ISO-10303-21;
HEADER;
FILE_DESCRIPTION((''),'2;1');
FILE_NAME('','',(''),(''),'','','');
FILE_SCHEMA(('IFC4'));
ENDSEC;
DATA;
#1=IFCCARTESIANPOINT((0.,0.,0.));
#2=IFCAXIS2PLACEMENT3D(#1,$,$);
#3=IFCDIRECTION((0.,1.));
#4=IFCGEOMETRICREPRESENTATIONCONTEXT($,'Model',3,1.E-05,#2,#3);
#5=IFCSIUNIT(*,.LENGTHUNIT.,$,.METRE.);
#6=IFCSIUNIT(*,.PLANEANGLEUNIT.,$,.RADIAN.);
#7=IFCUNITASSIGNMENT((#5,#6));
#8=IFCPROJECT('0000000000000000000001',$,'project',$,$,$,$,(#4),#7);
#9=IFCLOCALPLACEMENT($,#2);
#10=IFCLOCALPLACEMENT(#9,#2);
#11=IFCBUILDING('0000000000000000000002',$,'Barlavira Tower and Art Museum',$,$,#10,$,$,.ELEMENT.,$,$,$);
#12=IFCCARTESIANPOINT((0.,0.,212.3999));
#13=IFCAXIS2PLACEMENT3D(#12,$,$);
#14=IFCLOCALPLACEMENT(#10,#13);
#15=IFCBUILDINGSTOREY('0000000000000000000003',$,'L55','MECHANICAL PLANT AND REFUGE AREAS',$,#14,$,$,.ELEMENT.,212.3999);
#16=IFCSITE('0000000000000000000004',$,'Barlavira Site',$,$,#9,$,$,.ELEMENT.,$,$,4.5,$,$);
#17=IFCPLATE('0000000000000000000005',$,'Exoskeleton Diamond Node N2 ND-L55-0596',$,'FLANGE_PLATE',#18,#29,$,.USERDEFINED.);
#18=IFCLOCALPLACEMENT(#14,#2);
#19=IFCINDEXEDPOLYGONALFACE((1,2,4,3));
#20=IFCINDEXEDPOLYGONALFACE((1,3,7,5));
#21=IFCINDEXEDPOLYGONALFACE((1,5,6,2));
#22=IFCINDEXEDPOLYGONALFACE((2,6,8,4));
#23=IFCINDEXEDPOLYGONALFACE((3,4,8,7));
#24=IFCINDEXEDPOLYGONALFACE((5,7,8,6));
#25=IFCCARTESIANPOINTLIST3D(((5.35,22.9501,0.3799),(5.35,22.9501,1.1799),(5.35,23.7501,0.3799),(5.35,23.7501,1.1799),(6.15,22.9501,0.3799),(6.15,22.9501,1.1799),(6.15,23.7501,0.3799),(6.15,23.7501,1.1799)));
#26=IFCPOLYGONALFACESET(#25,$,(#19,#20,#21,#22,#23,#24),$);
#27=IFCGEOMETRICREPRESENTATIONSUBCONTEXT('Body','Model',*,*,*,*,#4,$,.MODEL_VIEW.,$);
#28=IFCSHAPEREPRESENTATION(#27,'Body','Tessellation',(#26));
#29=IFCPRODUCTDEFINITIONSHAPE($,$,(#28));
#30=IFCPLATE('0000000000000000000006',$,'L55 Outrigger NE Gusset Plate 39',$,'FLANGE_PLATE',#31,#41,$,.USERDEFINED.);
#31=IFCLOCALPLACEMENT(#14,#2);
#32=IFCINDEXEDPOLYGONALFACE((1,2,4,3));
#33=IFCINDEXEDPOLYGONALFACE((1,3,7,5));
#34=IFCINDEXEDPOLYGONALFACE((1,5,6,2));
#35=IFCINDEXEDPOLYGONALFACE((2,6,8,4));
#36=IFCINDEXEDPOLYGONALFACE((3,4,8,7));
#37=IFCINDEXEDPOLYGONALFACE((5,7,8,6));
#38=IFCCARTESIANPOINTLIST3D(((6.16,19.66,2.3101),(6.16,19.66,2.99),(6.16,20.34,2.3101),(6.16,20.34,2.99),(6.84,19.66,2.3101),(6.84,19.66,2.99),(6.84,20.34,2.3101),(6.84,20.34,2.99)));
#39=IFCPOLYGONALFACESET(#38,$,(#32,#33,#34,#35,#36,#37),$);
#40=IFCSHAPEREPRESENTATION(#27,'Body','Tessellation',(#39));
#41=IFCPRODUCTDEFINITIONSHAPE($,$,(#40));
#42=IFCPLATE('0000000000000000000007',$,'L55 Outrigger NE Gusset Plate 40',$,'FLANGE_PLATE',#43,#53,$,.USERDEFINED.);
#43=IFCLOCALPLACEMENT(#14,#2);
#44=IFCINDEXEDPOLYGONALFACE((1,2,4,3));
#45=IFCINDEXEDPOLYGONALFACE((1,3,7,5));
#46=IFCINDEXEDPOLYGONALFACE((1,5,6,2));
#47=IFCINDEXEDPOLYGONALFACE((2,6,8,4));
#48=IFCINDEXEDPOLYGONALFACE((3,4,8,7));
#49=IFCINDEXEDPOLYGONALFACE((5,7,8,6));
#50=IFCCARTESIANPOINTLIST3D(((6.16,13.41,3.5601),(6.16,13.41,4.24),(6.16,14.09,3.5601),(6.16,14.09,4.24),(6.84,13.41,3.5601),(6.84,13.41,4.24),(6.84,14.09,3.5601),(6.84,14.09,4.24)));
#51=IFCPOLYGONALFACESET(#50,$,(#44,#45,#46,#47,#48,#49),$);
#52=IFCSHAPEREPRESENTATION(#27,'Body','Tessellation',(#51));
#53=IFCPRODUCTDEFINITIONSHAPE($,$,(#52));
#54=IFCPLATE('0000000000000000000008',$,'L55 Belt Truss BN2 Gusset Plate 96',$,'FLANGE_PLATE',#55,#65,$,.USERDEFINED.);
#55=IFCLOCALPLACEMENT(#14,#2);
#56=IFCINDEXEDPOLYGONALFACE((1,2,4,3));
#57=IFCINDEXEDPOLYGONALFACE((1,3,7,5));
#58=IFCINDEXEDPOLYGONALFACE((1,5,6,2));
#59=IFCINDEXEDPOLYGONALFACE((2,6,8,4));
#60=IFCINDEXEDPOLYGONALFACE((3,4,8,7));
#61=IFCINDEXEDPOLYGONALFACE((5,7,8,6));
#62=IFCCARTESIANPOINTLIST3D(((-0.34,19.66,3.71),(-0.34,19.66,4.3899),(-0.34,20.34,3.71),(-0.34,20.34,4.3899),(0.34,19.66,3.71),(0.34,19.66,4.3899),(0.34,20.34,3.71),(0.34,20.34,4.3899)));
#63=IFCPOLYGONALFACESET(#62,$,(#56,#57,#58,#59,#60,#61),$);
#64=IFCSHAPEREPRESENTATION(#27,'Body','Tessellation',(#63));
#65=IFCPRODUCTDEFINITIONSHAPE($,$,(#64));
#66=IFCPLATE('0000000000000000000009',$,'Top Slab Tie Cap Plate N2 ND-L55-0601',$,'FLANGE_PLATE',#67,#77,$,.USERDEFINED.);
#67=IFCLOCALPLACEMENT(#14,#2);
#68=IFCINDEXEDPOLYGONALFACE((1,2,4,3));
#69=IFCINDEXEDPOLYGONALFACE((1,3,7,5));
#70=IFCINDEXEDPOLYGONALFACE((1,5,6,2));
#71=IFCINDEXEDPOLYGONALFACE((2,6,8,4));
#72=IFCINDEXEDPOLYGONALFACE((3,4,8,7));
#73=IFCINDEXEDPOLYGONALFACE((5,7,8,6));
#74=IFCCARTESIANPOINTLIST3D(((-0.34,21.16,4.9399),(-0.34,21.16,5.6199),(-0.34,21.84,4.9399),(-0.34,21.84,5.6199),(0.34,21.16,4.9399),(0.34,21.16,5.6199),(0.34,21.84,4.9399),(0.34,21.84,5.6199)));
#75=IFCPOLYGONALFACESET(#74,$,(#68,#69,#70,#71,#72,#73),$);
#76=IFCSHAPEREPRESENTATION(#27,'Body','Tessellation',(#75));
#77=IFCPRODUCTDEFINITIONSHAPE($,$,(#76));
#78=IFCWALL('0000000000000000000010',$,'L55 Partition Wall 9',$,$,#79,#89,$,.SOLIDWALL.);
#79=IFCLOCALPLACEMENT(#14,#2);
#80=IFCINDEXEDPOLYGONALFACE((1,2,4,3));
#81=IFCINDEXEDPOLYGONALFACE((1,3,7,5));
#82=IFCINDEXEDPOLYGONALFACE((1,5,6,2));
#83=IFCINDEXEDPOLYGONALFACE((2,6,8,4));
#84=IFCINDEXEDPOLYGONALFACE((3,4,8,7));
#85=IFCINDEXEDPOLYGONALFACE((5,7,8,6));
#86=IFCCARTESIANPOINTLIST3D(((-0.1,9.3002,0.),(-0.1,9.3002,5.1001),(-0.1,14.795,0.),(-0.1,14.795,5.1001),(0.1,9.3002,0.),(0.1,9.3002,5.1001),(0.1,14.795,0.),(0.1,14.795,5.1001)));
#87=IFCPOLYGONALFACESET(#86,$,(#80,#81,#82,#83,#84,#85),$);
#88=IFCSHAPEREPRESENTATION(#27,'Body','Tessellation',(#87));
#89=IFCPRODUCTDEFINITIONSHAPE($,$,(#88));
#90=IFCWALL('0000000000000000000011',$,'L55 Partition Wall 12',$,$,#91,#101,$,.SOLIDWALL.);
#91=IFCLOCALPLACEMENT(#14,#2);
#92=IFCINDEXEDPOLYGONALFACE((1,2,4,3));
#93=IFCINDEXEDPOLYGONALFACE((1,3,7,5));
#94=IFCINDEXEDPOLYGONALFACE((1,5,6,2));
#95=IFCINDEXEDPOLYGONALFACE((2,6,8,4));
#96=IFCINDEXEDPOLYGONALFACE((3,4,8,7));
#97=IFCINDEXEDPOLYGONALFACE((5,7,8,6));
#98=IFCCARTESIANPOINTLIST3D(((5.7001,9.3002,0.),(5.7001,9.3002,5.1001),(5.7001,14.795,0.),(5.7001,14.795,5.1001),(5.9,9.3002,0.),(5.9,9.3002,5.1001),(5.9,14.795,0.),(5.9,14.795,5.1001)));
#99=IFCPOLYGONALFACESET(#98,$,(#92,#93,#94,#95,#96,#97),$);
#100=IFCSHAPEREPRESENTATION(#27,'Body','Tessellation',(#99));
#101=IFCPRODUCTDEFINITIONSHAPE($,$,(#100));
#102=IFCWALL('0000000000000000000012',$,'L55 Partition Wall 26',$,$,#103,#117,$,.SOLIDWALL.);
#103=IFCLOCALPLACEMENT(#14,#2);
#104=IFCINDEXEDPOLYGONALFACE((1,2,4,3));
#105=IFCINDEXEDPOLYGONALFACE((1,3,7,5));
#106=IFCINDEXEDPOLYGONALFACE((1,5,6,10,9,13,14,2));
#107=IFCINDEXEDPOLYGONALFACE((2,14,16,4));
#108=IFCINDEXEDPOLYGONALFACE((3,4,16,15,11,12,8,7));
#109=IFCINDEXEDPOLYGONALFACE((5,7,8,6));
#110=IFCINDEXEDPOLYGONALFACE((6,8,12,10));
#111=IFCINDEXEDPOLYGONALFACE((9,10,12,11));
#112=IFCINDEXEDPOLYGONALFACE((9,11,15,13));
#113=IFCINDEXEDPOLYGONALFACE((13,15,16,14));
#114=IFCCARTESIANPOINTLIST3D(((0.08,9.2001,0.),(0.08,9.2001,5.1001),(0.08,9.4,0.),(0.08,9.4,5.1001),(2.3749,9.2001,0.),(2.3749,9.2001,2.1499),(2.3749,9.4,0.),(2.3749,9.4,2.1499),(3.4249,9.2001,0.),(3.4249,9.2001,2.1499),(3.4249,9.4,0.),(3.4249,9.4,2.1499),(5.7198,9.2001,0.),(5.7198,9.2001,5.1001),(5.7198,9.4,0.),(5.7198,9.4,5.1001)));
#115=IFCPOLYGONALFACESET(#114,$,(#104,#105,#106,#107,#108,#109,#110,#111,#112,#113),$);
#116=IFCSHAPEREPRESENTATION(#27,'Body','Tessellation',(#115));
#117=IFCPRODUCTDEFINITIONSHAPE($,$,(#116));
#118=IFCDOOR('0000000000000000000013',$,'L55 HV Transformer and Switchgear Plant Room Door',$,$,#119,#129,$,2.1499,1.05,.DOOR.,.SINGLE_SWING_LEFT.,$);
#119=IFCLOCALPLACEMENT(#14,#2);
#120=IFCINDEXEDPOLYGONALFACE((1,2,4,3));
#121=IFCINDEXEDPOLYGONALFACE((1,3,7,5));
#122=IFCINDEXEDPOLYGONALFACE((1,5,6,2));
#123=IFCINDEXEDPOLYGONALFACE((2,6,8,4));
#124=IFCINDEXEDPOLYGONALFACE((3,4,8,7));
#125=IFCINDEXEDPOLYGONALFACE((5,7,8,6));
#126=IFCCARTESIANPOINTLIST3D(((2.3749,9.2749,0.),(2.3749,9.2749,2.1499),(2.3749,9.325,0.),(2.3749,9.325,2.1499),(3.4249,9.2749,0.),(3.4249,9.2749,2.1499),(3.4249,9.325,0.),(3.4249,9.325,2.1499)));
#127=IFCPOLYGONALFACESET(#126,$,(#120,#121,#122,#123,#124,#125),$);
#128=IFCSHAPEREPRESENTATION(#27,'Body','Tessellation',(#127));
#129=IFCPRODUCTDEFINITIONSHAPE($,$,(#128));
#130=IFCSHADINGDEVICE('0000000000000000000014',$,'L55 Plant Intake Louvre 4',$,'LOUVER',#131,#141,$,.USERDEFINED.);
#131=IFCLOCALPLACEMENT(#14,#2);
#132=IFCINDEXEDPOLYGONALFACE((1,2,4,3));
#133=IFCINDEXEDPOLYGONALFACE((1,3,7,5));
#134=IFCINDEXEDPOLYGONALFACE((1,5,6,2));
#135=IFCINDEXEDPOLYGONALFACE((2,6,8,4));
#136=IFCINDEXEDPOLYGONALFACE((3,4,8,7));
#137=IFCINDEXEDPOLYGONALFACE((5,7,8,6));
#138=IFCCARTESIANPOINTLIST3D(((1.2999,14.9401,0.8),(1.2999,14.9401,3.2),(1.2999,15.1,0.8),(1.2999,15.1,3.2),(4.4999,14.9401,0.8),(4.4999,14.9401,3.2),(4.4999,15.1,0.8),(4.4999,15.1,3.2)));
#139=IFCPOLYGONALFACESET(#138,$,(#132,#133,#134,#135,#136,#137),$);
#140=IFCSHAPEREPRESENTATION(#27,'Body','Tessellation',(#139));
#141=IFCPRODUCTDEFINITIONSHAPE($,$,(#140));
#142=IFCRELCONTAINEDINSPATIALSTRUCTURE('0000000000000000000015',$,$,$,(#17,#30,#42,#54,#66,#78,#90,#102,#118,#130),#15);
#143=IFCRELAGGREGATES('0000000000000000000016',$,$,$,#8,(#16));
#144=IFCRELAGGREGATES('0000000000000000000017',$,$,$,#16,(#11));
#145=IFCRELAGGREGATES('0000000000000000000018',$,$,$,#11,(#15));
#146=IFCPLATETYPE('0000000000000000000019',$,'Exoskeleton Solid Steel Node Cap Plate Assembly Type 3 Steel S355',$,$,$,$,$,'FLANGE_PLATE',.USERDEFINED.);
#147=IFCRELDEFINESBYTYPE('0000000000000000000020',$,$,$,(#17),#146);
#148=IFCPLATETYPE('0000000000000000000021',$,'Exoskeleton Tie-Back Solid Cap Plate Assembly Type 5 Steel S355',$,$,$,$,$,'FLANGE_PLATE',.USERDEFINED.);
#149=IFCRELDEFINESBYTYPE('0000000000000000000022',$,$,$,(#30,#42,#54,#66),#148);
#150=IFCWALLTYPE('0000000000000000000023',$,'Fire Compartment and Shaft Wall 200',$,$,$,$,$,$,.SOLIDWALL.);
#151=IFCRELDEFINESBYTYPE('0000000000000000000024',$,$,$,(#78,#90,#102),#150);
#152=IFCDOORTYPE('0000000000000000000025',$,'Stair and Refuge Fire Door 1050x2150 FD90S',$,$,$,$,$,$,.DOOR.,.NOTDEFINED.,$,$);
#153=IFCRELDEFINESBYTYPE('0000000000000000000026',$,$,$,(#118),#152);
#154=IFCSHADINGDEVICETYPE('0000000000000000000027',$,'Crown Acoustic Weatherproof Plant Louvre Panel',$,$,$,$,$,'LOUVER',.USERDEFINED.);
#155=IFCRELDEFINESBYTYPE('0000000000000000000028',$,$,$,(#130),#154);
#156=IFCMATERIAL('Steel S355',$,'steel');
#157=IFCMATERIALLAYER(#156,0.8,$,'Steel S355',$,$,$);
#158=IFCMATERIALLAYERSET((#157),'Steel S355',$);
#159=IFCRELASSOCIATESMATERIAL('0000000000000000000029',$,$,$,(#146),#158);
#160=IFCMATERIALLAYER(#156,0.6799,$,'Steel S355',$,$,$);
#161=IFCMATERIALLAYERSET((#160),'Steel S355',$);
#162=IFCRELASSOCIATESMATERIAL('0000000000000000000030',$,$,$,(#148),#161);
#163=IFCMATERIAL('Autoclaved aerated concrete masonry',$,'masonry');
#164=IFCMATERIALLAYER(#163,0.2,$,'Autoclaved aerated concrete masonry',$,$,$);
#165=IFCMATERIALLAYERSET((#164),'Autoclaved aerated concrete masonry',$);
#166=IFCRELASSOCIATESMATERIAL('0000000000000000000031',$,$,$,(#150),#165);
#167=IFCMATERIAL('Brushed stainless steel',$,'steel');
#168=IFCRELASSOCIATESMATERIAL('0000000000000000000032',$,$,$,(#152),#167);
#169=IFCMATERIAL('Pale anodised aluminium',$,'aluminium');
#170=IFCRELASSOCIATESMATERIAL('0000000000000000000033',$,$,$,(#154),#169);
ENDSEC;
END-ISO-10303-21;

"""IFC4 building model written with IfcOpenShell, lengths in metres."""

from ifc_helpers import new_model, si_unit, direction, frame, frame_2d, origin, origin_2d, place, context, subcontext, project, spatial, rectangle, extrude, material, layer, layer_set, type_object, element, fill, save


model = new_model("IFC4")

# Units and contexts
model_context = context("Model", 3, precision=1e-05, world=origin(), true_north=direction((0.0, 1.0)))
body_context = subcontext(model_context, "Body", "Model", "MODEL_VIEW")
ifc_project = project(units=[si_unit("LENGTHUNIT", "METRE"), si_unit("PLANEANGLEUNIT", "RADIAN")], contexts=[model_context])

# Site, building, storey
site_placement = place(None, origin())
site = spatial("IfcSite", under=ifc_project, at=site_placement, Name="Barlavira Site", CompositionType="ELEMENT", RefElevation=4.5)
building_placement = place(site_placement, origin())
building = spatial("IfcBuilding", under=site, at=building_placement, Name="Barlavira Tower and Art Museum", CompositionType="ELEMENT")
storey_placement = place(building_placement, frame((0.0, 0.0, 212.3999)))
storey = spatial("IfcBuildingStorey", under=building, at=storey_placement, Name="L55", Description="MECHANICAL PLANT AND REFUGE AREAS", CompositionType="ELEMENT", Elevation=212.3999)

# Shared definitions
ifc_material_1 = material(Name="Steel S355", Category="steel")

# Plates
ifc_layer_1 = layer(ifc_material_1, 0.8, Name="Steel S355")
ifc_layer_set_1 = layer_set([ifc_layer_1], Name="Steel S355")
plate_type_1 = type_object("IfcPlateType", Name="Exoskeleton Solid Steel Node Cap Plate Assembly Type 3 Steel S355", ElementType="FLANGE_PLATE", PredefinedType="USERDEFINED", material=ifc_layer_set_1)
for number, where, z_axis, x_axis, name in (
    (1, (5.75, 23.3501, 0.3799), (0.0, 0.0, 1.0), (1.0, 0.0, 0.0), "Exoskeleton Diamond Node N2 ND-L55-0596"),
):
    element("IfcPlate", number, at=place(storey_placement, frame(where, z_axis=z_axis, x_axis=x_axis)), inside=storey, type_object=plate_type_1, Name=name, ObjectType="FLANGE_PLATE", PredefinedType="USERDEFINED", context=body_context, shape_type="SweptSolid", body=[
        extrude(rectangle(XDim=0.8, YDim=0.8, at=origin_2d()), origin(), (0.0, 0.0, 1.0), 0.8),
    ])
ifc_layer_2 = layer(ifc_material_1, 0.6799, Name="Steel S355")
ifc_layer_set_2 = layer_set([ifc_layer_2], Name="Steel S355")
plate_type_2 = type_object("IfcPlateType", Name="Exoskeleton Tie-Back Solid Cap Plate Assembly Type 5 Steel S355", ElementType="FLANGE_PLATE", PredefinedType="USERDEFINED", material=ifc_layer_set_2)
for number, where, z_axis, x_axis, name in (
    (2, (6.5, 20.0, 2.3101), (0.0, 0.0, 1.0), (1.0, 0.0, 0.0), "L55 Outrigger NE Gusset Plate 39"),
    (3, (6.5, 13.75, 3.5601), (0.0, 0.0, 1.0), (1.0, 0.0, 0.0), "L55 Outrigger NE Gusset Plate 40"),
    (4, (0.0, 20.0, 3.71), (0.0, 0.0, 1.0), (1.0, 0.0, 0.0), "L55 Belt Truss BN2 Gusset Plate 96"),
    (5, (0.0, 21.5, 4.9399), (0.0, 0.0, 1.0), (1.0, 0.0, 0.0), "Top Slab Tie Cap Plate N2 ND-L55-0601"),
):
    element("IfcPlate", number, at=place(storey_placement, frame(where, z_axis=z_axis, x_axis=x_axis)), inside=storey, type_object=plate_type_2, Name=name, ObjectType="FLANGE_PLATE", PredefinedType="USERDEFINED", context=body_context, shape_type="SweptSolid", body=[
        extrude(rectangle(XDim=0.6799, YDim=0.6799, at=origin_2d()), origin(), (0.0, 0.0, 1.0), 0.6799),
    ])

# Walls
ifc_material_2 = material(Name="Autoclaved aerated concrete masonry", Category="masonry")
ifc_layer_3 = layer(ifc_material_2, 0.2, Name="Autoclaved aerated concrete masonry")
ifc_layer_set_3 = layer_set([ifc_layer_3], Name="Autoclaved aerated concrete masonry")
wall_type = type_object("IfcWallType", Name="Fire Compartment and Shaft Wall 200", PredefinedType="SOLIDWALL", material=ifc_layer_set_3)
for number, where, z_axis, x_axis, name in (
    (6, (0.0, 9.3, 0.0), (0.0, 0.0, 1.0), (0.0, 1.0, 0.0), "L55 Partition Wall 9"),
    (7, (5.8, 9.3, 0.0), (0.0, 0.0, 1.0), (0.0, 1.0, 0.0), "L55 Partition Wall 12"),
):
    element("IfcWall", number, at=place(storey_placement, frame(where, z_axis=z_axis, x_axis=x_axis)), inside=storey, type_object=wall_type, Name=name, PredefinedType="SOLIDWALL", context=body_context, shape_type="SweptSolid", body=[
        extrude(rectangle(XDim=5.4949, YDim=0.2, at=frame_2d((2.7476, 0.0))), origin(), (0.0, 0.0, 1.0), 5.1001),
    ])

# Wall, opening, door
wall_placement = place(storey_placement, frame((0.0801, 9.3, 0.0), z_axis=(0.0, 0.0, 1.0), x_axis=(1.0, 0.0, 0.0)))
wall = element("IfcWall", 8, at=wall_placement, inside=storey, type_object=wall_type, Name="L55 Partition Wall 26", PredefinedType="SOLIDWALL", context=body_context, shape_type="SweptSolid", body=[
    extrude(rectangle(XDim=5.6399, YDim=0.2, at=frame_2d((2.8198, 0.0))), origin(), (0.0, 0.0, 1.0), 5.1001),
])
opening_placement = place(wall_placement, frame((2.2949, 0.0, 0.0)))
opening = element("IfcOpeningElement", 9, at=opening_placement, cuts=wall, PredefinedType="OPENING", context=body_context, shape_type="SweptSolid", body=[
    extrude(rectangle(XDim=1.05, YDim=2.1499, at=frame_2d((0.5249, 1.075))), frame((0.0, 0.1099, 0.0), z_axis=(0.0, -1.0, 0.0), x_axis=(1.0, 0.0, 0.0)), (0.0, 0.0, 1.0), 0.22),
])
ifc_material_3 = material(Name="Brushed stainless steel", Category="steel")
door_type = type_object("IfcDoorType", Name="Stair and Refuge Fire Door 1050x2150 FD90S", OperationType="NOTDEFINED", PredefinedType="DOOR", material=ifc_material_3)
door_placement = place(opening_placement, origin())
door = element("IfcDoor", 10, at=door_placement, inside=storey, type_object=door_type, Name="L55 HV Transformer and Switchgear Plant Room Door", OperationType="SINGLE_SWING_LEFT", OverallHeight=2.1499, OverallWidth=1.05, PredefinedType="DOOR", context=body_context, shape_type="SweptSolid", body=[
    extrude(rectangle(XDim=1.05, YDim=2.1499, at=frame_2d((0.5249, 1.075))), frame((0.0, 0.0249, 0.0), z_axis=(0.0, -1.0, 0.0), x_axis=(1.0, 0.0, 0.0)), (0.0, 0.0, 1.0), 0.05),
])
fill(opening, door)

# Shading device
ifc_material_4 = material(Name="Pale anodised aluminium", Category="aluminium")
shading_device_type = type_object("IfcShadingDeviceType", Name="Crown Acoustic Weatherproof Plant Louvre Panel", ElementType="LOUVER", PredefinedType="USERDEFINED", material=ifc_material_4)
shading_device_placement = place(storey_placement, frame((2.8999, 15.02, 0.8), z_axis=(0.0, 0.0, 1.0), x_axis=(1.0, 0.0, 0.0)))
element("IfcShadingDevice", 11, at=shading_device_placement, inside=storey, type_object=shading_device_type, Name="L55 Plant Intake Louvre 4", ObjectType="LOUVER", PredefinedType="USERDEFINED", context=body_context, shape_type="SweptSolid", body=[
    extrude(rectangle(XDim=3.2, YDim=0.1599, at=origin_2d()), origin(), (0.0, 0.0, 1.0), 2.3999),
])

save(model, "model.ifc")
